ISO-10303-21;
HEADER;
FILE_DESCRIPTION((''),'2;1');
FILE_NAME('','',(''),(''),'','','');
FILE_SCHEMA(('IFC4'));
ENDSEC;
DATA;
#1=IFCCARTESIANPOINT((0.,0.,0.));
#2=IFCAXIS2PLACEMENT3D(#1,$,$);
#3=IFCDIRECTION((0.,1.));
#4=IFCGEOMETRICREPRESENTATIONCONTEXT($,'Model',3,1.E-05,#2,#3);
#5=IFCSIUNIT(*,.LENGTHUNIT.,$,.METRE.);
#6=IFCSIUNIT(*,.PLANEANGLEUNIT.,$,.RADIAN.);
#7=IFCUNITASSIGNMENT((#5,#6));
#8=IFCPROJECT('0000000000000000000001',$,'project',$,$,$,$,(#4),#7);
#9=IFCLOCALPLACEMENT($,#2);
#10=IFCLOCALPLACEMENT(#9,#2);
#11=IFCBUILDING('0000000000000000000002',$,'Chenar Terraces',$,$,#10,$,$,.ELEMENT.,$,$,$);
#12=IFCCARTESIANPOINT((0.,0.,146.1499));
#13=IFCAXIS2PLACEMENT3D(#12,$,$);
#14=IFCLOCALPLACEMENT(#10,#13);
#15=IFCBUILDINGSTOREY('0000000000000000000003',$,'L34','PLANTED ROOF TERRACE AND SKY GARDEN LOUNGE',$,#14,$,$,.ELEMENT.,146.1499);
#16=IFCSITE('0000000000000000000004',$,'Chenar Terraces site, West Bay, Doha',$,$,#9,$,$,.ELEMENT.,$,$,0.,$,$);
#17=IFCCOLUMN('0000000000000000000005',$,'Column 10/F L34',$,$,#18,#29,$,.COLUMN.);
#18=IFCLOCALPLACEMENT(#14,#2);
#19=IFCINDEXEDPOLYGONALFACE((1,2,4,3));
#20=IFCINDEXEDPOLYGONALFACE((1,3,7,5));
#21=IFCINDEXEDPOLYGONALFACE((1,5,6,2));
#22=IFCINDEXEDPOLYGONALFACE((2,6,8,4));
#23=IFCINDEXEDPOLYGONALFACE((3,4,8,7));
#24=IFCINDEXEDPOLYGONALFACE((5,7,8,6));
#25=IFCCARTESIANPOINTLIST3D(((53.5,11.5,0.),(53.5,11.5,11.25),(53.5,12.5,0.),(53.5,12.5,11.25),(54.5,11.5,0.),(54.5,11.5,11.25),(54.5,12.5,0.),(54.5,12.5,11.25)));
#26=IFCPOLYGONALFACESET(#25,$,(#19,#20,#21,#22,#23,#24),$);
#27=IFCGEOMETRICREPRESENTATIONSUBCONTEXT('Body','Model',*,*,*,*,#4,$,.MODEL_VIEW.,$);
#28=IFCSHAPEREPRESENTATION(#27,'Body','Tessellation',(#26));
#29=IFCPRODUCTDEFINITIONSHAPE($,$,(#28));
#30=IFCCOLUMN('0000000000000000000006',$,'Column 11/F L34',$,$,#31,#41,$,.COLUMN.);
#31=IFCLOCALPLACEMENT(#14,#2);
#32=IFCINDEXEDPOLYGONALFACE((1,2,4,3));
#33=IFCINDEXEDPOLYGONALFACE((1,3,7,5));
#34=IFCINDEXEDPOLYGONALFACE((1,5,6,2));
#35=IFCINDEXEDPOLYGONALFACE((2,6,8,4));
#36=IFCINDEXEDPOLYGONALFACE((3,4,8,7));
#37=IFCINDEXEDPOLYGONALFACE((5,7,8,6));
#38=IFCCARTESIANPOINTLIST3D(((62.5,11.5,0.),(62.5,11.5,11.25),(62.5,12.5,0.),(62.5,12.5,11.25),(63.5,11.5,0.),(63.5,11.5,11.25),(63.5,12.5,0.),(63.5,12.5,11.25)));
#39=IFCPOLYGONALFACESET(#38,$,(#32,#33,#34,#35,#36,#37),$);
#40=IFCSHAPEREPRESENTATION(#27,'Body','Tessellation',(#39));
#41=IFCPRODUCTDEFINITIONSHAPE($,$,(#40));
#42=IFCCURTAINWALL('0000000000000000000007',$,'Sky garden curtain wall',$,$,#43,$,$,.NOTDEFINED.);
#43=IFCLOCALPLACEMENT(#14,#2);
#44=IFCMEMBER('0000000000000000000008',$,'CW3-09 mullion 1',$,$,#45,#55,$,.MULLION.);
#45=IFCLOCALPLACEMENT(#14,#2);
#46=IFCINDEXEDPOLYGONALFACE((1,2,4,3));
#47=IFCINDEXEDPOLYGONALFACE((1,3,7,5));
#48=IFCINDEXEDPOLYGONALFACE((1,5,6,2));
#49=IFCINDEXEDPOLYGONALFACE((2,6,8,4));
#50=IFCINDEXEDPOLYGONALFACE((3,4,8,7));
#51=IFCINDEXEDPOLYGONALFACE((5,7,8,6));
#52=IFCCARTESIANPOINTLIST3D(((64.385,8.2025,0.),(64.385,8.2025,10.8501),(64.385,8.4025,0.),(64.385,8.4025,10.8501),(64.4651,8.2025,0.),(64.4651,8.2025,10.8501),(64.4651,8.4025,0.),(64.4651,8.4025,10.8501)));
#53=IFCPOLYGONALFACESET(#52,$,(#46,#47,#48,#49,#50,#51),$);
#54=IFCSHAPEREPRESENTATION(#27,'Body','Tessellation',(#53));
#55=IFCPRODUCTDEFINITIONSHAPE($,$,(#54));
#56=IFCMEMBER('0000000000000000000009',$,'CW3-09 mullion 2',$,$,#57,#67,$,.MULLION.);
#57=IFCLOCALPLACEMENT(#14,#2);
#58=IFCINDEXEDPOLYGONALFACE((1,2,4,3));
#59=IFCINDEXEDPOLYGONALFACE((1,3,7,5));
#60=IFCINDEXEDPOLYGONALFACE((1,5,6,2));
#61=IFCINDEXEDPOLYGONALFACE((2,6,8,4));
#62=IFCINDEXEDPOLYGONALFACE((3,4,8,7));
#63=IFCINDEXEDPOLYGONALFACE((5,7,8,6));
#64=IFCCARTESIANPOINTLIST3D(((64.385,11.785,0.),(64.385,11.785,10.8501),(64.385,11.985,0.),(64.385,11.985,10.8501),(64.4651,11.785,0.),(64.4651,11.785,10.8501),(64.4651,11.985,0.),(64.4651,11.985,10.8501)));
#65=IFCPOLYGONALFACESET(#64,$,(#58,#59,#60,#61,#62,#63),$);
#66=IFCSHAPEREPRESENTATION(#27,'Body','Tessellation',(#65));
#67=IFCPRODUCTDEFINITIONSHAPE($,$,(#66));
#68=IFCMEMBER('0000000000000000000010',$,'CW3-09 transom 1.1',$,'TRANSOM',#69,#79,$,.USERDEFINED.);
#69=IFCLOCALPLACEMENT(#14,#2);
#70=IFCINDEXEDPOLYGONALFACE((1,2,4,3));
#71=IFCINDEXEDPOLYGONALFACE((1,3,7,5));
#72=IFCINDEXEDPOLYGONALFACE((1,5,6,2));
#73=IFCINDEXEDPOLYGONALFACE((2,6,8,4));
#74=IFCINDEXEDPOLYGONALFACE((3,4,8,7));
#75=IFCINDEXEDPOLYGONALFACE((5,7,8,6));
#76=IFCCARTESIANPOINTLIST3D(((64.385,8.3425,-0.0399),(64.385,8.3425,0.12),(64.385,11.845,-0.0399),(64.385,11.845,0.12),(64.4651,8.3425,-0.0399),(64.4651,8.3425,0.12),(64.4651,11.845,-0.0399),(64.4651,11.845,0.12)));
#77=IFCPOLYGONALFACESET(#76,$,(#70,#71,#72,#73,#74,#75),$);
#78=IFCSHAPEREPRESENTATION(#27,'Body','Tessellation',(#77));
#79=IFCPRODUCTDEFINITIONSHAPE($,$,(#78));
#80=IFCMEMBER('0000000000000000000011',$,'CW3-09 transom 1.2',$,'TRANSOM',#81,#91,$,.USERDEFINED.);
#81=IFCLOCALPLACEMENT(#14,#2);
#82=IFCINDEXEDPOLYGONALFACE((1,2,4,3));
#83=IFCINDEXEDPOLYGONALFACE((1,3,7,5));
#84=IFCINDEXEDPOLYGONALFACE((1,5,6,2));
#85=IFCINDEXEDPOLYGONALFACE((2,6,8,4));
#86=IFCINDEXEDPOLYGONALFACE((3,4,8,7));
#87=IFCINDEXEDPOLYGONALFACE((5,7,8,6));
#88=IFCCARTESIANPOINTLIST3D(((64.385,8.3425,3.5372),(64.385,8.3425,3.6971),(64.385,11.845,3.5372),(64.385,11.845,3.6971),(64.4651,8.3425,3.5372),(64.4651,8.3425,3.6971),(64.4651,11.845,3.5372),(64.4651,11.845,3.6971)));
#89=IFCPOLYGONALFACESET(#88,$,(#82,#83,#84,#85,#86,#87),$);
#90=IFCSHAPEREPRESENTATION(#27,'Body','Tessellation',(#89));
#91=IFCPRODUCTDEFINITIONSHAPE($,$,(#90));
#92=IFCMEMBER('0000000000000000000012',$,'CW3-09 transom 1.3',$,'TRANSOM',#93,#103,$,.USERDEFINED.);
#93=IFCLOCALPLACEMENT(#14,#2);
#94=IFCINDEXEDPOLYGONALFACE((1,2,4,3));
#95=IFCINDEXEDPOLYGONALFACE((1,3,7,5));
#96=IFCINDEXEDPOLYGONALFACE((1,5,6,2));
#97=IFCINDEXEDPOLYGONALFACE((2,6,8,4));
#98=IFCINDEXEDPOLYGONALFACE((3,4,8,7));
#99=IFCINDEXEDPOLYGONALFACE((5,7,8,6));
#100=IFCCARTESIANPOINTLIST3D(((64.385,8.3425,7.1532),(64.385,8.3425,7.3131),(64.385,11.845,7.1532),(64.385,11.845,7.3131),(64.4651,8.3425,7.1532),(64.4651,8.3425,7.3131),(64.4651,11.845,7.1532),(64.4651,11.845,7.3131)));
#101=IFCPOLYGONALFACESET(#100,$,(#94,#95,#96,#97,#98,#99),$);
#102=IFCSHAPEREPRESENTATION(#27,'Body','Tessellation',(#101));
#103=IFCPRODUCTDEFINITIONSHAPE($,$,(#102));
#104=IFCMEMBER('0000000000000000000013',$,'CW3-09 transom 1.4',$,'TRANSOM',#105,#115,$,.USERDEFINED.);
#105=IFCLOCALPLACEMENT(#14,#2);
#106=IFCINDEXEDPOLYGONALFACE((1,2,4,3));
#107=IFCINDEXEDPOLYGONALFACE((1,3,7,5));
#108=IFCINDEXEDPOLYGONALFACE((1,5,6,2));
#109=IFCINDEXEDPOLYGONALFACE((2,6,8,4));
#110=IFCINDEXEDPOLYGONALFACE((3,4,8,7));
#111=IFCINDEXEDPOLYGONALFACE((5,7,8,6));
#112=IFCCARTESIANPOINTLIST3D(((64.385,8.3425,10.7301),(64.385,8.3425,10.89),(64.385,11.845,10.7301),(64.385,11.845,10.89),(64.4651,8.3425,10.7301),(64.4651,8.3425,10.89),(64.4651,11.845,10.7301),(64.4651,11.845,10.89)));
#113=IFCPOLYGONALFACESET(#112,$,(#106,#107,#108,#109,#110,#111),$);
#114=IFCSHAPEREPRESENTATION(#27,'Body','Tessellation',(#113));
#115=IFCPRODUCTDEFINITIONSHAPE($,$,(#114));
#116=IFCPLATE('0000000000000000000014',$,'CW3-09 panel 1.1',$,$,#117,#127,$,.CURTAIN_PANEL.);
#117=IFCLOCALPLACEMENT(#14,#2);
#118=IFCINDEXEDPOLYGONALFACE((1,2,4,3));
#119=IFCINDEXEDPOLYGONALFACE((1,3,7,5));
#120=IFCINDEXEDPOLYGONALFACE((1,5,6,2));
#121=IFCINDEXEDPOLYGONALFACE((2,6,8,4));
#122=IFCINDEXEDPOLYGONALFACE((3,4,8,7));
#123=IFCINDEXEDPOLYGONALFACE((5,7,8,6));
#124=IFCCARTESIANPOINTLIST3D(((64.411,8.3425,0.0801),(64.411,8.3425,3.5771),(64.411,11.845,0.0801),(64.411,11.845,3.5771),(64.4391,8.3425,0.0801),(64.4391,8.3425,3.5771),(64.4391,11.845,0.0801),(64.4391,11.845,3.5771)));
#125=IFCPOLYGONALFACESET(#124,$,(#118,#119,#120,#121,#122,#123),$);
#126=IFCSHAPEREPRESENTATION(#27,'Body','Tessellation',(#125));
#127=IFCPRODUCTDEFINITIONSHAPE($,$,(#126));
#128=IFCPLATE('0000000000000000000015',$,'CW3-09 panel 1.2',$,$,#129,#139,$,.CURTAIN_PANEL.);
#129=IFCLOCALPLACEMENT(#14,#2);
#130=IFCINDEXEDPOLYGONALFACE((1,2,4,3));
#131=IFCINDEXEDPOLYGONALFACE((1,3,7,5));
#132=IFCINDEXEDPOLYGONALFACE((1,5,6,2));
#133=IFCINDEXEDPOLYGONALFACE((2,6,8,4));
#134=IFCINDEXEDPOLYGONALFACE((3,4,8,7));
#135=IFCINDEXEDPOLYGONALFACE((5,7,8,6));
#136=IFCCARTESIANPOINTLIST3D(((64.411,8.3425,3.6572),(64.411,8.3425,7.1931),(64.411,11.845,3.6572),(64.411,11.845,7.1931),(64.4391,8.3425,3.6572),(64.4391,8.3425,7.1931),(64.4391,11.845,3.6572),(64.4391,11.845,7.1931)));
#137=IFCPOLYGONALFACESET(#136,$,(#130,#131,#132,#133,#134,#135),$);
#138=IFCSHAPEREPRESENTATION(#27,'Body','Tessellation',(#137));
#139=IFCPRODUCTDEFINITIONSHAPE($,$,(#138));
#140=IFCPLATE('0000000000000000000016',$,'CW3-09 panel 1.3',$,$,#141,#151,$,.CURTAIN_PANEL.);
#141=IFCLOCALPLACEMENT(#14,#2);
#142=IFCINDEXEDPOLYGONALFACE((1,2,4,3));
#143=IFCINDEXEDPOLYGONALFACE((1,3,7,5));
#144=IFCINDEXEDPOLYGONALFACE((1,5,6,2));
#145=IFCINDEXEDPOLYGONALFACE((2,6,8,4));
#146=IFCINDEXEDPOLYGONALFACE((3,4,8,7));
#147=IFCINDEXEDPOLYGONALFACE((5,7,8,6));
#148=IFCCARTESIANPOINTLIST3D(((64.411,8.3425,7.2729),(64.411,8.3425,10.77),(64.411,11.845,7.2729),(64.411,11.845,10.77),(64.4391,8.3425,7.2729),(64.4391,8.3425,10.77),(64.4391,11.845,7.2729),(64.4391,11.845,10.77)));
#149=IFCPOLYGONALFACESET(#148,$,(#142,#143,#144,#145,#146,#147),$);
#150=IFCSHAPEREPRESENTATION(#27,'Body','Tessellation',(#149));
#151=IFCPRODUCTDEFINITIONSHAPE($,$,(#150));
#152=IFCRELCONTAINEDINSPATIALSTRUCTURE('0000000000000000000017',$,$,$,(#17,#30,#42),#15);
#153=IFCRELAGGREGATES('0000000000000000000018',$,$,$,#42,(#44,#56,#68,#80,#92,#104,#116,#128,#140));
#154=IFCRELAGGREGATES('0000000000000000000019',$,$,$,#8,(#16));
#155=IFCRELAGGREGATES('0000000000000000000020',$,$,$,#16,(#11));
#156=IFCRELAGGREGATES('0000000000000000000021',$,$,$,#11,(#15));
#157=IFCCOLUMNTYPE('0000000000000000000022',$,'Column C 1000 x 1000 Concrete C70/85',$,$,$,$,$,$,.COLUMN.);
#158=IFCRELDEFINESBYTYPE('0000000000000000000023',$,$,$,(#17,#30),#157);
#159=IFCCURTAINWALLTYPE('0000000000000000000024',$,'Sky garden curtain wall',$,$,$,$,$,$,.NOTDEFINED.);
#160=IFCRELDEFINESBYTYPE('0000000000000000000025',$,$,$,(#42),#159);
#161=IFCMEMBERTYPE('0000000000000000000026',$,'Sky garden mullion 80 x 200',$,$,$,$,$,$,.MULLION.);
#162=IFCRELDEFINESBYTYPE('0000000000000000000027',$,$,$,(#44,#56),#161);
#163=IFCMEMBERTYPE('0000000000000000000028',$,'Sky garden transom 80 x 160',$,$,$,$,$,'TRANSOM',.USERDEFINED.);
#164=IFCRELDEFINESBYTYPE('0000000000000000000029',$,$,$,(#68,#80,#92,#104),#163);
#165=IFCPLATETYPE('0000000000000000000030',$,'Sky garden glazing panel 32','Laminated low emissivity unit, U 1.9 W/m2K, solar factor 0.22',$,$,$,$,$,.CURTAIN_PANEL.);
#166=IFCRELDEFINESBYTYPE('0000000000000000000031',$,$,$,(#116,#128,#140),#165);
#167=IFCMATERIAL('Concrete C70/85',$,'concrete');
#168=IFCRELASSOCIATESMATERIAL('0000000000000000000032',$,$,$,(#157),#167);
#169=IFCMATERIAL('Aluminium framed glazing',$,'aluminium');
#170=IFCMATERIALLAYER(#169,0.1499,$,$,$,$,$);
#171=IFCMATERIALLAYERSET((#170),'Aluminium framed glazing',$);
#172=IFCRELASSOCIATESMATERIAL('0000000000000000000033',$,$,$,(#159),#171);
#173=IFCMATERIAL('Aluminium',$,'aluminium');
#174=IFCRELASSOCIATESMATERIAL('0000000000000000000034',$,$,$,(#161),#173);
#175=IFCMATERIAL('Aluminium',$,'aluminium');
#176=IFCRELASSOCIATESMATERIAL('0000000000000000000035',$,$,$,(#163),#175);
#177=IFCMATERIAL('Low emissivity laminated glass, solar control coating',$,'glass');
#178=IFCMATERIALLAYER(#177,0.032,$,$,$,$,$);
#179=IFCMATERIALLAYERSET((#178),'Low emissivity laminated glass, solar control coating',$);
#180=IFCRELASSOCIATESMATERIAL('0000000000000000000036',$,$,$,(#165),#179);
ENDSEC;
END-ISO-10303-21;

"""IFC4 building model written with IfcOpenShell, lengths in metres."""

from ifc_helpers import new_model, si_unit, direction, frame, origin, origin_2d, place, context, subcontext, project, spatial, rectangle, extrude, material, layer, layer_set, material_profile, profile_set, type_object, element, aggregate, save


model = new_model("IFC4")

# Units and contexts
model_context = context("Model", 3, precision=1e-05, world=origin(), true_north=direction((0.0, 1.0)))
body_context = subcontext(model_context, "Body", "Model", "MODEL_VIEW")
ifc_project = project(units=[si_unit("LENGTHUNIT", "METRE"), si_unit("PLANEANGLEUNIT", "RADIAN")], contexts=[model_context])

# Site, building, storey
site_placement = place(None, origin())
site = spatial("IfcSite", under=ifc_project, at=site_placement, Name="Chenar Terraces site, West Bay, Doha", CompositionType="ELEMENT", RefElevation=0.0)
building_placement = place(site_placement, origin())
building = spatial("IfcBuilding", under=site, at=building_placement, Name="Chenar Terraces", CompositionType="ELEMENT")
storey_placement = place(building_placement, frame((0.0, 0.0, 146.1499)))
storey = spatial("IfcBuildingStorey", under=building, at=storey_placement, Name="L34", Description="PLANTED ROOF TERRACE AND SKY GARDEN LOUNGE", CompositionType="ELEMENT", Elevation=146.1499)

# Columns
ifc_material_1 = material(Name="Concrete C70/85", Category="concrete")
ifc_material_profile_1 = material_profile(ifc_material_1, rectangle(XDim=1.0, YDim=1.0, at=origin_2d()), Name="C 1000 x 1000")
ifc_profile_set_1 = profile_set([ifc_material_profile_1], Name="Concrete C70/85")
column_type = type_object("IfcColumnType", Name="Column C 1000 x 1000 Concrete C70/85", PredefinedType="COLUMN", material=ifc_profile_set_1)
for number, where, z_axis, x_axis, name in (
    (1, (54.0, 12.0, 0.0), (0.0, 0.0, 1.0), (1.0, 0.0, 0.0), "Column 10/F L34"),
    (2, (63.0, 12.0, 0.0), (0.0, 0.0, 1.0), (1.0, 0.0, 0.0), "Column 11/F L34"),
):
    element("IfcColumn", number, at=place(storey_placement, frame(where, z_axis=z_axis, x_axis=x_axis)), inside=storey, type_object=column_type, Name=name, PredefinedType="COLUMN", context=body_context, shape_type="SweptSolid", body=[
        extrude(rectangle(XDim=1.0, YDim=1.0, at=origin_2d()), origin(), (0.0, 0.0, 1.0), 11.25),
    ])

# Curtain wall, members, plates
ifc_material_2 = material(Name="Aluminium framed glazing", Category="aluminium")
ifc_layer_1 = layer(ifc_material_2, 0.1499)
ifc_layer_set_1 = layer_set([ifc_layer_1], Name="Aluminium framed glazing")
curtain_wall_type = type_object("IfcCurtainWallType", Name="Sky garden curtain wall", PredefinedType="NOTDEFINED", material=ifc_layer_set_1)
curtain_wall_placement = place(storey_placement, origin())
curtain_wall = element("IfcCurtainWall", 3, at=curtain_wall_placement, inside=storey, type_object=curtain_wall_type, Name="Sky garden curtain wall", PredefinedType="NOTDEFINED")
ifc_material_3 = material(Name="Aluminium", Category="aluminium")
ifc_material_profile_2 = material_profile(ifc_material_3, rectangle(XDim=0.0801, YDim=0.2, at=origin_2d()), Name="Sky garden mullion 80 x 200")
ifc_profile_set_2 = profile_set([ifc_material_profile_2], Name="Aluminium")
member_type_1 = type_object("IfcMemberType", Name="Sky garden mullion 80 x 200", PredefinedType="MULLION", material=ifc_profile_set_2)
member_1_placement = place(storey_placement, frame((64.425, 8.3025, 0.0), z_axis=(0.0, 0.0, 1.0), x_axis=(-1.0, 0.0, 0.0)))
member_1 = element("IfcMember", 4, at=member_1_placement, type_object=member_type_1, Name="CW3-09 mullion 1", PredefinedType="MULLION", context=body_context, shape_type="SweptSolid", body=[
    extrude(rectangle(XDim=0.0801, YDim=0.2, at=origin_2d()), origin(), (0.0, 0.0, 1.0), 10.8501),
])
member_2_placement = place(storey_placement, frame((64.425, 11.885, 0.0), z_axis=(0.0, 0.0, 1.0), x_axis=(-1.0, 0.0, 0.0)))
member_2 = element("IfcMember", 5, at=member_2_placement, type_object=member_type_1, Name="CW3-09 mullion 2", PredefinedType="MULLION", context=body_context, shape_type="SweptSolid", body=[
    extrude(rectangle(XDim=0.0801, YDim=0.2, at=origin_2d()), origin(), (0.0, 0.0, 1.0), 10.8501),
])
ifc_material_4 = material(Name="Aluminium", Category="aluminium")
ifc_material_profile_3 = material_profile(ifc_material_4, rectangle(XDim=0.0801, YDim=0.1599, at=origin_2d()), Name="Sky garden transom 80 x 160")
ifc_profile_set_3 = profile_set([ifc_material_profile_3], Name="Aluminium")
member_type_2 = type_object("IfcMemberType", Name="Sky garden transom 80 x 160", ElementType="TRANSOM", PredefinedType="USERDEFINED", material=ifc_profile_set_3)
member_3_placement = place(storey_placement, frame((64.425, 8.3425, 0.04), z_axis=(0.0, 1.0, 0.0), x_axis=(-1.0, 0.0, 0.0)))
member_3 = element("IfcMember", 6, at=member_3_placement, type_object=member_type_2, Name="CW3-09 transom 1.1", ObjectType="TRANSOM", PredefinedType="USERDEFINED", context=body_context, shape_type="SweptSolid", body=[
    extrude(rectangle(XDim=0.0801, YDim=0.1599, at=origin_2d()), origin(), (0.0, 0.0, 1.0), 3.5024),
])
member_4_placement = place(storey_placement, frame((64.425, 8.3425, 3.6172), z_axis=(0.0, 1.0, 0.0), x_axis=(-1.0, 0.0, 0.0)))
member_4 = element("IfcMember", 7, at=member_4_placement, type_object=member_type_2, Name="CW3-09 transom 1.2", ObjectType="TRANSOM", PredefinedType="USERDEFINED", context=body_context, shape_type="SweptSolid", body=[
    extrude(rectangle(XDim=0.0801, YDim=0.1599, at=origin_2d()), origin(), (0.0, 0.0, 1.0), 3.5024),
])
member_5_placement = place(storey_placement, frame((64.425, 8.3425, 7.2332), z_axis=(0.0, 1.0, 0.0), x_axis=(-1.0, 0.0, 0.0)))
member_5 = element("IfcMember", 8, at=member_5_placement, type_object=member_type_2, Name="CW3-09 transom 1.3", ObjectType="TRANSOM", PredefinedType="USERDEFINED", context=body_context, shape_type="SweptSolid", body=[
    extrude(rectangle(XDim=0.0801, YDim=0.1599, at=origin_2d()), origin(), (0.0, 0.0, 1.0), 3.5024),
])
member_6_placement = place(storey_placement, frame((64.425, 8.3425, 10.8101), z_axis=(0.0, 1.0, 0.0), x_axis=(-1.0, 0.0, 0.0)))
member_6 = element("IfcMember", 9, at=member_6_placement, type_object=member_type_2, Name="CW3-09 transom 1.4", ObjectType="TRANSOM", PredefinedType="USERDEFINED", context=body_context, shape_type="SweptSolid", body=[
    extrude(rectangle(XDim=0.0801, YDim=0.1599, at=origin_2d()), origin(), (0.0, 0.0, 1.0), 3.5024),
])
ifc_material_5 = material(Name="Low emissivity laminated glass, solar control coating", Category="glass")
ifc_layer_2 = layer(ifc_material_5, 0.032)
ifc_layer_set_2 = layer_set([ifc_layer_2], Name="Low emissivity laminated glass, solar control coating")
plate_type = type_object("IfcPlateType", Name="Sky garden glazing panel 32", Description="Laminated low emissivity unit, U 1.9 W/m2K, solar factor 0.22", PredefinedType="CURTAIN_PANEL", material=ifc_layer_set_2)
plate_1_placement = place(storey_placement, frame((64.425, 10.0938, 0.0801), z_axis=(0.0, 0.0, 1.0), x_axis=(0.0, 1.0, 0.0)))
plate_1 = element("IfcPlate", 10, at=plate_1_placement, type_object=plate_type, Name="CW3-09 panel 1.1", PredefinedType="CURTAIN_PANEL", context=body_context, shape_type="SweptSolid", body=[
    extrude(rectangle(XDim=3.5024, YDim=0.0281, at=origin_2d()), origin(), (0.0, 0.0, 1.0), 3.4971),
])
plate_2_placement = place(storey_placement, frame((64.425, 10.0938, 3.6572), z_axis=(0.0, 0.0, 1.0), x_axis=(0.0, 1.0, 0.0)))
plate_2 = element("IfcPlate", 11, at=plate_2_placement, type_object=plate_type, Name="CW3-09 panel 1.2", PredefinedType="CURTAIN_PANEL", context=body_context, shape_type="SweptSolid", body=[
    extrude(rectangle(XDim=3.5024, YDim=0.0281, at=origin_2d()), origin(), (0.0, 0.0, 1.0), 3.5359),
])
plate_3_placement = place(storey_placement, frame((64.425, 10.0938, 7.2729), z_axis=(0.0, 0.0, 1.0), x_axis=(0.0, 1.0, 0.0)))
plate_3 = element("IfcPlate", 12, at=plate_3_placement, type_object=plate_type, Name="CW3-09 panel 1.3", PredefinedType="CURTAIN_PANEL", context=body_context, shape_type="SweptSolid", body=[
    extrude(rectangle(XDim=3.5024, YDim=0.0281, at=origin_2d()), origin(), (0.0, 0.0, 1.0), 3.4971),
])
aggregate(curtain_wall, [member_1, member_2, member_3, member_4, member_5, member_6, plate_1, plate_2, plate_3])

save(model, "model.ifc")
